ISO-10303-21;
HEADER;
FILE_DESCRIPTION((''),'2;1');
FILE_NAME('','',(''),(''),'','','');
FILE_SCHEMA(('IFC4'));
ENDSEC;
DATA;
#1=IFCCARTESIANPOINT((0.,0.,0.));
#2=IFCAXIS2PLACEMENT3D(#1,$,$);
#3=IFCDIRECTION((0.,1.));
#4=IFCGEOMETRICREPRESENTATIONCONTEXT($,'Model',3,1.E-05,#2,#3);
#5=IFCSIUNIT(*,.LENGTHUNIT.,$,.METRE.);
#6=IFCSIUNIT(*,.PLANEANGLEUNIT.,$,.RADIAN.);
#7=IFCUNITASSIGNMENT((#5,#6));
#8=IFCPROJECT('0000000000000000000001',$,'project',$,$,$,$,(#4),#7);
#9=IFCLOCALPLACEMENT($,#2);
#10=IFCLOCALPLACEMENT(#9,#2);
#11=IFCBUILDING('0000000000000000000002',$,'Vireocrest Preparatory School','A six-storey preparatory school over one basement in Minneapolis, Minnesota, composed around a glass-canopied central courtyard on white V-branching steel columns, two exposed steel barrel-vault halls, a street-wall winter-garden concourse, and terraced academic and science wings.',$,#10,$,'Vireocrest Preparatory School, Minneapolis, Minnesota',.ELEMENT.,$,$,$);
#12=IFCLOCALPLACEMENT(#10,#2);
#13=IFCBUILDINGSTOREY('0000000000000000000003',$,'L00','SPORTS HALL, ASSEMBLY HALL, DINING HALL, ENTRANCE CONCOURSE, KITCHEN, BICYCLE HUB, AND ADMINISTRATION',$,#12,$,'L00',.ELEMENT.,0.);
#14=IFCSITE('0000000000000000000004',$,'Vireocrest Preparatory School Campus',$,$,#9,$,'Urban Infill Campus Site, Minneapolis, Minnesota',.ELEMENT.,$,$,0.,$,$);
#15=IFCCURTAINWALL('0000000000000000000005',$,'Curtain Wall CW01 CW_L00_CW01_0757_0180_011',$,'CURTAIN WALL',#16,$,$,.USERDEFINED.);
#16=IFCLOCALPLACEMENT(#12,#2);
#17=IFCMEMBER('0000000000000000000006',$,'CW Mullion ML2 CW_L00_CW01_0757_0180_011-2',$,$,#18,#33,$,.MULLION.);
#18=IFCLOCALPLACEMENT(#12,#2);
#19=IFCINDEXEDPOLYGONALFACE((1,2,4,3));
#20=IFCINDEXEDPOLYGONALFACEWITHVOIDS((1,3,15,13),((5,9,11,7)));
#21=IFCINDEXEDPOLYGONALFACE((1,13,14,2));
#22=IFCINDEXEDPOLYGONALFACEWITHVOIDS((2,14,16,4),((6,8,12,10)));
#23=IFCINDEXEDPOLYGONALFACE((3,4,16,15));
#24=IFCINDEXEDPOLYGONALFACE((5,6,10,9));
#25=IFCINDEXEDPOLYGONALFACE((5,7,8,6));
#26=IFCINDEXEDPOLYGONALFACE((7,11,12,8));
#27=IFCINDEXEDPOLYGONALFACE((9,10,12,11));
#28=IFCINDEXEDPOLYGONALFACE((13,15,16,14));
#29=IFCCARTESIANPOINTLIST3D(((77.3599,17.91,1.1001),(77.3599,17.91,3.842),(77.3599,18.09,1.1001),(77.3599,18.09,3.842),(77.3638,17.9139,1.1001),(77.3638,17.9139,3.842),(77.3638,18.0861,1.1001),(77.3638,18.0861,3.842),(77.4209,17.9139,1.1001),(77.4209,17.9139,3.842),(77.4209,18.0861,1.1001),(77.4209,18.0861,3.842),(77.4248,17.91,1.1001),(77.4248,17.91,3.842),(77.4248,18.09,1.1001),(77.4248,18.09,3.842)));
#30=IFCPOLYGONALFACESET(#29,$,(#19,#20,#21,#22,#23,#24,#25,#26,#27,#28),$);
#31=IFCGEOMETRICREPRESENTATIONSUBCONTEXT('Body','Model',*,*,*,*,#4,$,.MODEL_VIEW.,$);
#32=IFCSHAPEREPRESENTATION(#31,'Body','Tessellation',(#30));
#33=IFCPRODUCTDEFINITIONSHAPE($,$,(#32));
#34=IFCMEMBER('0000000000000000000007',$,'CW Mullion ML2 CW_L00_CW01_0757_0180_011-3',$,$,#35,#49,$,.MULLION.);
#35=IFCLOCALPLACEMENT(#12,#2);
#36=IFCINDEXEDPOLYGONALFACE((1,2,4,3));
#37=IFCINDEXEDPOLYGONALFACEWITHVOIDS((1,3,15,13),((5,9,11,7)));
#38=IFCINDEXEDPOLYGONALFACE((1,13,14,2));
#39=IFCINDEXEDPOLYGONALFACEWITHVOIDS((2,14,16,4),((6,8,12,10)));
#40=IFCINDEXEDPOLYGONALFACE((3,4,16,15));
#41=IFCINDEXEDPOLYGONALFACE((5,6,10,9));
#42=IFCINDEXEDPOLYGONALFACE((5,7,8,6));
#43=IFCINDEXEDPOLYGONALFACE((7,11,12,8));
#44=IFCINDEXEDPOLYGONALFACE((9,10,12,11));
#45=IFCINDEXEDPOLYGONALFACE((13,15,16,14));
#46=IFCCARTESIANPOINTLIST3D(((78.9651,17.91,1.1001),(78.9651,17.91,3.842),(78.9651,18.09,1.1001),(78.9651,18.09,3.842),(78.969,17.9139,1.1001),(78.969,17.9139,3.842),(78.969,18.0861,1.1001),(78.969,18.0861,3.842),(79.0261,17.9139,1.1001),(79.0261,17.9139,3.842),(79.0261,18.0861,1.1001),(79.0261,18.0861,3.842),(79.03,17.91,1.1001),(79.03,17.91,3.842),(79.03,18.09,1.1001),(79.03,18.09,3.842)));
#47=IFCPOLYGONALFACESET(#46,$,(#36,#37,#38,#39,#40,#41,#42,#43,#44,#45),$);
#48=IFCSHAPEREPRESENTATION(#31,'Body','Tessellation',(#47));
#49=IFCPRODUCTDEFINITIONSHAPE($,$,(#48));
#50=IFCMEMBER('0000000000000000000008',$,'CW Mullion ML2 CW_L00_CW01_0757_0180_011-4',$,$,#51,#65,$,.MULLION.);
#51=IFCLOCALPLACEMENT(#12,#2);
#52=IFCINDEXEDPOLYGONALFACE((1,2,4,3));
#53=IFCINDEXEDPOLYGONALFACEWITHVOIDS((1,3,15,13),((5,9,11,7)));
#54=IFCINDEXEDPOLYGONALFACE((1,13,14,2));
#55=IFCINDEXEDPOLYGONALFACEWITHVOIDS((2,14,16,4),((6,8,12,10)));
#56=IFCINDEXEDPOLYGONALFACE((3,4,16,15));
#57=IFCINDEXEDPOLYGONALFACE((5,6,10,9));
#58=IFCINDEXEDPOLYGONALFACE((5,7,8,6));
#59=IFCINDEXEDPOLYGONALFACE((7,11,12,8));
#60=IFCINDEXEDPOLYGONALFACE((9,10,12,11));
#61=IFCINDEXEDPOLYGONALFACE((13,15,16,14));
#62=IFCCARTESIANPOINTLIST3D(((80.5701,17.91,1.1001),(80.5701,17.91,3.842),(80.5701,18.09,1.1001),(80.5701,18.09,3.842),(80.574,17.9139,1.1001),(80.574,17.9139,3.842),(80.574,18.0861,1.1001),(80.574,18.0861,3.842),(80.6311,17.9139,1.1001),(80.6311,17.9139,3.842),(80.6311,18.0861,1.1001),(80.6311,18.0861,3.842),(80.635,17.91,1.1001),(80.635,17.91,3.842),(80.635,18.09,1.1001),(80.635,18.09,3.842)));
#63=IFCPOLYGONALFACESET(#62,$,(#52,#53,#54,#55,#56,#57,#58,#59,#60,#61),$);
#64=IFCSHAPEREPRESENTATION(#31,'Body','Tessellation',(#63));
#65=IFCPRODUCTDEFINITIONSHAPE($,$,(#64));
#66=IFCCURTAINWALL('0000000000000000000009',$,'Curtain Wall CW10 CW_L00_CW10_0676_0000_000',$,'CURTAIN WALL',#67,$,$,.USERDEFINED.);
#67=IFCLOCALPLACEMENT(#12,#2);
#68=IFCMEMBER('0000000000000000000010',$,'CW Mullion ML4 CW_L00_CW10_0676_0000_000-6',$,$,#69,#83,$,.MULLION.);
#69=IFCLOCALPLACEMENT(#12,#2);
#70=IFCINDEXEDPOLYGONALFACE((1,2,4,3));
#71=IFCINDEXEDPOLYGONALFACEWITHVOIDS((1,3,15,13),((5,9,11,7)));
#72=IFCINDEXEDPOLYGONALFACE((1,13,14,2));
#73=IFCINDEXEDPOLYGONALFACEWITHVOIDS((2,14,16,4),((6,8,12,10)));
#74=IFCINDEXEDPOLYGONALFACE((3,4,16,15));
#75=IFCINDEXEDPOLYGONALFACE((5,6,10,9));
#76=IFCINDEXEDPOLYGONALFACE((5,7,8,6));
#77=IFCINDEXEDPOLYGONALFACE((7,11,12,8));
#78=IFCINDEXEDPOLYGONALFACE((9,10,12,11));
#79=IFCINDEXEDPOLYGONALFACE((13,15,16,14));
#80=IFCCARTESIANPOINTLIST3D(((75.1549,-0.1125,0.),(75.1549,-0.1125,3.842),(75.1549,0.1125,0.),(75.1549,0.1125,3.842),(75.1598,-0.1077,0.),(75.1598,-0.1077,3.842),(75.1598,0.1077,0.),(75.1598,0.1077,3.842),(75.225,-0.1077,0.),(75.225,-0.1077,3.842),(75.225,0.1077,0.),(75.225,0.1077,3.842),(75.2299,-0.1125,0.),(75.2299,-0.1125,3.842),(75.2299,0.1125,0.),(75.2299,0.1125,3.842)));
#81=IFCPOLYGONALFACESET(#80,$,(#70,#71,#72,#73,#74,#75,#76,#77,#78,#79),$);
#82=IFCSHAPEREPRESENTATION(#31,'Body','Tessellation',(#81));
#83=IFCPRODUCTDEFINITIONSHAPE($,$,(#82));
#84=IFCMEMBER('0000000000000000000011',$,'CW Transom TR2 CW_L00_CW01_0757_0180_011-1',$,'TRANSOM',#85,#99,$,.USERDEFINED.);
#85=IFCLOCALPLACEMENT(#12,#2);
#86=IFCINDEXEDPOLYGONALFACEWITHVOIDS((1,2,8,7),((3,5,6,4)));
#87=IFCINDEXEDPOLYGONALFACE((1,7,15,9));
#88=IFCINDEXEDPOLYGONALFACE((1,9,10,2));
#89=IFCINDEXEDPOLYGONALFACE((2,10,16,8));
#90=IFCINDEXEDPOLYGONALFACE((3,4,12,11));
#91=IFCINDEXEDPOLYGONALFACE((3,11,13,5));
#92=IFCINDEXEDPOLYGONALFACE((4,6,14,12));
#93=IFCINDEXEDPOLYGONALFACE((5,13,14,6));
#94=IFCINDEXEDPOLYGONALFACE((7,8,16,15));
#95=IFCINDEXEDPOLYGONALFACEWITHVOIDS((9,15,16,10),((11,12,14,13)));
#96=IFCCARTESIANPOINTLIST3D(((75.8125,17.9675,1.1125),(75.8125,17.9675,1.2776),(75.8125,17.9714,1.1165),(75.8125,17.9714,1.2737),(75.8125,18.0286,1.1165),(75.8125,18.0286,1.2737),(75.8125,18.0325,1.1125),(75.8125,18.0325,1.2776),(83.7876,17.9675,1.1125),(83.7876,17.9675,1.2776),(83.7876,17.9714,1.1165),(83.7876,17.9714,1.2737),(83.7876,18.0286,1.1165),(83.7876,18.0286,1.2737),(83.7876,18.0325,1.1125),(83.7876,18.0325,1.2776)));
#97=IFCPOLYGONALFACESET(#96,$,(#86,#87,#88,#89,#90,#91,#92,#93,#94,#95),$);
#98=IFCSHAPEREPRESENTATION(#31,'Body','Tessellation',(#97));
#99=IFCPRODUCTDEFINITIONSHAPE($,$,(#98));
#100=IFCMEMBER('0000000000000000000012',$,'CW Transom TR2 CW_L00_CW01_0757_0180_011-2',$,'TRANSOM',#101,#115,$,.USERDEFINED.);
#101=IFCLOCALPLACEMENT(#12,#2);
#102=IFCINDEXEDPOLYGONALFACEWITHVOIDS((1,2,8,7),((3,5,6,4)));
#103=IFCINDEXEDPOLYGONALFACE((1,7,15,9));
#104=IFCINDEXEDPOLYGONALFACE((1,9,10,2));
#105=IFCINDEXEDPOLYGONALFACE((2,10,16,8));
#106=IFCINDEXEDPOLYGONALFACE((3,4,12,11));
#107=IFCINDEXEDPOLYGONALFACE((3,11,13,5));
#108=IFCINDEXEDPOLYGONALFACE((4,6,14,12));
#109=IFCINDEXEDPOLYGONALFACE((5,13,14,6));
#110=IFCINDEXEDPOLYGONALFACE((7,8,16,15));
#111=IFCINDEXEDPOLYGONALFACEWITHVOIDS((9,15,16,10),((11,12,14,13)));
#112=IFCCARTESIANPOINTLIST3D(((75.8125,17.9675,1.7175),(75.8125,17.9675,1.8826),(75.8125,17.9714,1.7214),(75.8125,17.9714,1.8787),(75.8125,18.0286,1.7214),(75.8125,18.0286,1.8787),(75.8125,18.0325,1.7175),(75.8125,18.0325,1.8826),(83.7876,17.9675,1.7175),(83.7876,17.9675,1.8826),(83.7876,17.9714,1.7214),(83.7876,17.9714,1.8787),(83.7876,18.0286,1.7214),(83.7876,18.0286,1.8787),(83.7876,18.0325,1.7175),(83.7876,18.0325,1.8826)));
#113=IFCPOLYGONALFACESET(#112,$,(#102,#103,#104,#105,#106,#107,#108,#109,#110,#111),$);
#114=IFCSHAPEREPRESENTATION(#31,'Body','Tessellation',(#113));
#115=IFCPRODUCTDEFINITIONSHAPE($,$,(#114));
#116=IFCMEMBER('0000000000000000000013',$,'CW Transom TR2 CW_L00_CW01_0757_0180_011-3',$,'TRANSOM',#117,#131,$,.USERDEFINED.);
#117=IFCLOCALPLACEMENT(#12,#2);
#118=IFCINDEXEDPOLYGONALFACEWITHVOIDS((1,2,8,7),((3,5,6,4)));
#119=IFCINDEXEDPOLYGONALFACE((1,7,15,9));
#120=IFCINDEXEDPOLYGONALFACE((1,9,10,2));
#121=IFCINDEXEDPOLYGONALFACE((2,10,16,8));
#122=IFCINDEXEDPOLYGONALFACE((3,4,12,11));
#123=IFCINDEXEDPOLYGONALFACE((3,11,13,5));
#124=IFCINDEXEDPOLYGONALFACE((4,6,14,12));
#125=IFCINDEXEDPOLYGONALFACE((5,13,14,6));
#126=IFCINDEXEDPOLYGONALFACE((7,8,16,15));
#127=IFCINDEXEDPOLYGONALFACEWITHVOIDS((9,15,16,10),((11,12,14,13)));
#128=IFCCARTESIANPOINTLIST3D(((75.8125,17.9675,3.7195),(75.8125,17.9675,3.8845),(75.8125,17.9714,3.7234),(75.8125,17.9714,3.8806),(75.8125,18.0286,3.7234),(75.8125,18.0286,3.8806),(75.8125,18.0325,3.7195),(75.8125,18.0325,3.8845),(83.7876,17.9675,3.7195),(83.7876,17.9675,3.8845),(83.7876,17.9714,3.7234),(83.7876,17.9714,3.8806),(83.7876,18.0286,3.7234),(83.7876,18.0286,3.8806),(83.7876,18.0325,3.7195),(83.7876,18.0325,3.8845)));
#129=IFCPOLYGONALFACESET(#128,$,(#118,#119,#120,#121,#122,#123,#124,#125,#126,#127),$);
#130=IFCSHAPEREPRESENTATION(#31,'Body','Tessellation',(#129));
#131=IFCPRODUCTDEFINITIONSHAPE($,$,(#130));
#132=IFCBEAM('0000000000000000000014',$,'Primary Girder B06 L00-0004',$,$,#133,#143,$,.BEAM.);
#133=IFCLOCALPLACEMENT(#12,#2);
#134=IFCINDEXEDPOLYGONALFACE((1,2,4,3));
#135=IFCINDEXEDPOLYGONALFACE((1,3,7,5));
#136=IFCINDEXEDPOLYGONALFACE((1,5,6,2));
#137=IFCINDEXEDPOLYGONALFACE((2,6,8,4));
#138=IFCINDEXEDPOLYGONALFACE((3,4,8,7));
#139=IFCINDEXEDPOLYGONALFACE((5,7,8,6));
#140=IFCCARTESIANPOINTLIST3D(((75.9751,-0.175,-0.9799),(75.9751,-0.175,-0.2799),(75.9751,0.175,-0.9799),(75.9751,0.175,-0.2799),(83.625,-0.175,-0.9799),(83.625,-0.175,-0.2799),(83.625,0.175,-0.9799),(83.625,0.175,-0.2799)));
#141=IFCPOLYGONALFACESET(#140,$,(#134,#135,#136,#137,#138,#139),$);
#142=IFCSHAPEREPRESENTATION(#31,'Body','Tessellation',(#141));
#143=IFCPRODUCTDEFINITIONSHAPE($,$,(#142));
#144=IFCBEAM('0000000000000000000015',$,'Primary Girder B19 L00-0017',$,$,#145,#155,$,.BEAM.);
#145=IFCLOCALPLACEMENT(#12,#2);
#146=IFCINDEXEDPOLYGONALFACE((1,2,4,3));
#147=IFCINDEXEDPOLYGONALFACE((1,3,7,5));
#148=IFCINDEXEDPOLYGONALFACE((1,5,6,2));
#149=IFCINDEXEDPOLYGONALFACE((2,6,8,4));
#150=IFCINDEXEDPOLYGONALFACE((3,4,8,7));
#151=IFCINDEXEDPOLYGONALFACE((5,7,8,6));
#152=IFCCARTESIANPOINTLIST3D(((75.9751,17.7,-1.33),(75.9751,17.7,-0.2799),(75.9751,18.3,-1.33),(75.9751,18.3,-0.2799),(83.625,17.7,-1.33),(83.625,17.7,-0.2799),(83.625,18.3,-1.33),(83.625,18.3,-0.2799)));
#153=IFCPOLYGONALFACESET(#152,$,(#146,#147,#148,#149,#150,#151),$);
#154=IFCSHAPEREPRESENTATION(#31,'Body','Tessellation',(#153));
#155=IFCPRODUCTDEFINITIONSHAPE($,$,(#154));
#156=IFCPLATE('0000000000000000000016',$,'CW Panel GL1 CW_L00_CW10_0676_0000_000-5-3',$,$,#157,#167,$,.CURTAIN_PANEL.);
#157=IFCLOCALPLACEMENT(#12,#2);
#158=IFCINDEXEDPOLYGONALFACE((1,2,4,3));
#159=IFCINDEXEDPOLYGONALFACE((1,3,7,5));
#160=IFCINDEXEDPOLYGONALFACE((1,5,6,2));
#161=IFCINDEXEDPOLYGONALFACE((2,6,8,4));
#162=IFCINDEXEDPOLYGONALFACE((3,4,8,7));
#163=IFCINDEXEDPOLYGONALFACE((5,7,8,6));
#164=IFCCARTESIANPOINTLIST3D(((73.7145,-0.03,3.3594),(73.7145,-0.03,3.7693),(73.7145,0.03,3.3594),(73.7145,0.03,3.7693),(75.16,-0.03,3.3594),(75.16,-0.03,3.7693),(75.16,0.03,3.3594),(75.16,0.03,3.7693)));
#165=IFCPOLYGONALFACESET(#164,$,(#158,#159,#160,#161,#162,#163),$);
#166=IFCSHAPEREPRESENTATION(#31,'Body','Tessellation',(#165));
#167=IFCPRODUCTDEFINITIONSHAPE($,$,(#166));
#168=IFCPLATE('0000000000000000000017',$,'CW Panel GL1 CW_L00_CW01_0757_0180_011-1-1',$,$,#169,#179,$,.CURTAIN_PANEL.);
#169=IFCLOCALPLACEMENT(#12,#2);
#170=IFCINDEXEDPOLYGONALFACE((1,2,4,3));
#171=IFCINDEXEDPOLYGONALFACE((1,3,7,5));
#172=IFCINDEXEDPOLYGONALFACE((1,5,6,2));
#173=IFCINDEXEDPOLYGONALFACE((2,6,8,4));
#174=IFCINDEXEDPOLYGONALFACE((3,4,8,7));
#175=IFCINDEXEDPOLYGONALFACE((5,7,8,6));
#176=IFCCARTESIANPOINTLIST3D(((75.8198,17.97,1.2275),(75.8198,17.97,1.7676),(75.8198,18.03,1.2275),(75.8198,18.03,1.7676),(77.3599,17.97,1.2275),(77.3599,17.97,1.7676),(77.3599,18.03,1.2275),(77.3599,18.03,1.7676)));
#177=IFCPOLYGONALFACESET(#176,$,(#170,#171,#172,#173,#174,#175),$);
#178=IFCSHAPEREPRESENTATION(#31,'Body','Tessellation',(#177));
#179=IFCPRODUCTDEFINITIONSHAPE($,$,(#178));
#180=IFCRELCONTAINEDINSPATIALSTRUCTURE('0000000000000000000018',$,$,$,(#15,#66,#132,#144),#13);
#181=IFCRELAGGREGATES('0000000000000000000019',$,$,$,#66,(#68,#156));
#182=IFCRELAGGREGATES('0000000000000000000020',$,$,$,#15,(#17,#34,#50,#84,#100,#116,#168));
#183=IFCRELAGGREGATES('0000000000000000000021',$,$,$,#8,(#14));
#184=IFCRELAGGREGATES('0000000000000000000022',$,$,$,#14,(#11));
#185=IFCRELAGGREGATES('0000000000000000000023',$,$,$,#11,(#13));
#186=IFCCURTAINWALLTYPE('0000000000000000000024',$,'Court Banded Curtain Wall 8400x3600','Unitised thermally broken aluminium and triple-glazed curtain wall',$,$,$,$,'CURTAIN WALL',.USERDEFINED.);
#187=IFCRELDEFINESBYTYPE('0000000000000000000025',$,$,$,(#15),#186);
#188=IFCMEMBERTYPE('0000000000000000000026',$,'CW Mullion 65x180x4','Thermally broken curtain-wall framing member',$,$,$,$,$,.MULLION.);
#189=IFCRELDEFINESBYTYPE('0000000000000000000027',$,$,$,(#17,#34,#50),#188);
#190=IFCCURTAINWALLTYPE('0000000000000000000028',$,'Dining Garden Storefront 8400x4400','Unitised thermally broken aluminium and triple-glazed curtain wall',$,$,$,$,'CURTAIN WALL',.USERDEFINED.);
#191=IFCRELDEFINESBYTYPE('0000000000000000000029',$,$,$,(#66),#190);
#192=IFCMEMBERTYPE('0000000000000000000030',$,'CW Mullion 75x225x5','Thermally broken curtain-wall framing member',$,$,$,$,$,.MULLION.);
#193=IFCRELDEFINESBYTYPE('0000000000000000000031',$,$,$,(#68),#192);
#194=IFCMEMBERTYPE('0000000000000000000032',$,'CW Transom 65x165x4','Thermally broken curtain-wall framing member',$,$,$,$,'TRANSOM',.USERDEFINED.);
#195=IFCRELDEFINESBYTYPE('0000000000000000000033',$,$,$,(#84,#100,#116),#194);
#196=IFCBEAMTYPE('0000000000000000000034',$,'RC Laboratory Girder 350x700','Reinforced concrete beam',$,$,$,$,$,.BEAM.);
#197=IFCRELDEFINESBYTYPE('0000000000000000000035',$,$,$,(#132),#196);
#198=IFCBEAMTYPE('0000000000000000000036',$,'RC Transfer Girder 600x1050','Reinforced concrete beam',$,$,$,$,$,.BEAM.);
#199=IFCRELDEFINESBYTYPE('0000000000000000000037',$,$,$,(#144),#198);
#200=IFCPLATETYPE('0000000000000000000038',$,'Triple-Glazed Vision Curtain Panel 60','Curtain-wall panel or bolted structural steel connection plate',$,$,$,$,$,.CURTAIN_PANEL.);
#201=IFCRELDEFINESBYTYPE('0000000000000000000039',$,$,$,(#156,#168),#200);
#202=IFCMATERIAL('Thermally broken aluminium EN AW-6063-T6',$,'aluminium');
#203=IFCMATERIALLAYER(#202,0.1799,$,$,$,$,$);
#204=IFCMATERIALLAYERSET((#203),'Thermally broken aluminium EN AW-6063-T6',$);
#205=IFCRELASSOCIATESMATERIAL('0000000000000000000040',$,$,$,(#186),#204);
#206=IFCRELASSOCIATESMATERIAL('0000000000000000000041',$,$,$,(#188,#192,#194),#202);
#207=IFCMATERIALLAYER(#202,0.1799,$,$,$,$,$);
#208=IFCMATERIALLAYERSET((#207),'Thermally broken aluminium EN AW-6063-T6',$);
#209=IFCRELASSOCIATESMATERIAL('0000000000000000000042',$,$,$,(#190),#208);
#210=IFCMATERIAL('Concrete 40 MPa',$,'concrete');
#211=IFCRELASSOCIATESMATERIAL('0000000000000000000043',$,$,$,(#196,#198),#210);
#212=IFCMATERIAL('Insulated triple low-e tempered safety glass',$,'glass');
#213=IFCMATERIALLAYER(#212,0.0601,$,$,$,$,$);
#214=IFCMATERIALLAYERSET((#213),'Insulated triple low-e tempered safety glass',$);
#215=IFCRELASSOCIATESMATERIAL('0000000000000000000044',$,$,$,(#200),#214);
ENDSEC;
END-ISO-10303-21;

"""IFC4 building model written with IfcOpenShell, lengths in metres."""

from ifc_helpers import new_model, si_unit, direction, frame, origin, origin_2d, place, context, subcontext, project, spatial, rectangle, hollow_rectangle, extrude, material, layer, layer_set, material_profile, profile_set, type_object, element, aggregate, save


model = new_model("IFC4")

# Units and contexts
model_context = context("Model", 3, precision=1e-05, world=origin(), true_north=direction((0.0, 1.0)))
body_context = subcontext(model_context, "Body", "Model", "MODEL_VIEW")
ifc_project = project(units=[si_unit("LENGTHUNIT", "METRE"), si_unit("PLANEANGLEUNIT", "RADIAN")], contexts=[model_context])

# Site, building, storey
site_placement = place(None, origin())
site = spatial("IfcSite", under=ifc_project, at=site_placement, Name="Vireocrest Preparatory School Campus", LongName="Urban Infill Campus Site, Minneapolis, Minnesota", CompositionType="ELEMENT", RefElevation=0.0)
building_placement = place(site_placement, origin())
building = spatial("IfcBuilding", under=site, at=building_placement, Name="Vireocrest Preparatory School", Description="A six-storey preparatory school over one basement in Minneapolis, Minnesota, composed around a glass-canopied central courtyard on white V-branching steel columns, two exposed steel barrel-vault halls, a street-wall winter-garden concourse, and terraced academic and science wings.", LongName="Vireocrest Preparatory School, Minneapolis, Minnesota", CompositionType="ELEMENT")
storey_placement = place(building_placement, origin())
storey = spatial("IfcBuildingStorey", under=building, at=storey_placement, Name="L00", Description="SPORTS HALL, ASSEMBLY HALL, DINING HALL, ENTRANCE CONCOURSE, KITCHEN, BICYCLE HUB, AND ADMINISTRATION", LongName="L00", CompositionType="ELEMENT", Elevation=0.0)

# Curtain wall, members
ifc_material_1 = material(Name="Thermally broken aluminium EN AW-6063-T6", Category="aluminium")
ifc_layer_1 = layer(ifc_material_1, 0.1799)
ifc_layer_set_1 = layer_set([ifc_layer_1], Name="Thermally broken aluminium EN AW-6063-T6")
curtain_wall_type_1 = type_object("IfcCurtainWallType", Name="Court Banded Curtain Wall 8400x3600", Description="Unitised thermally broken aluminium and triple-glazed curtain wall", ElementType="CURTAIN WALL", PredefinedType="USERDEFINED", material=ifc_layer_set_1)
curtain_wall_1_placement = place(storey_placement, origin())
curtain_wall_1 = element("IfcCurtainWall", 1, at=curtain_wall_1_placement, inside=storey, type_object=curtain_wall_type_1, Name="Curtain Wall CW01 CW_L00_CW01_0757_0180_011", ObjectType="CURTAIN WALL", PredefinedType="USERDEFINED")
ifc_material_profile_1 = material_profile(ifc_material_1, hollow_rectangle(XDim=0.0649, YDim=0.1799, WallThickness=0.0039, at=origin_2d()), Name="ALU 65x180x4")
ifc_profile_set_1 = profile_set([ifc_material_profile_1], Name="Thermally broken aluminium EN AW-6063-T6")
member_type_1 = type_object("IfcMemberType", Name="CW Mullion 65x180x4", Description="Thermally broken curtain-wall framing member", PredefinedType="MULLION", material=ifc_profile_set_1)
member_1_placement = place(storey_placement, frame((77.3923, 18.0, 1.1001), z_axis=(0.0, 0.0, 1.0), x_axis=(1.0, 0.0, 0.0)))
member_1 = element("IfcMember", 2, at=member_1_placement, type_object=member_type_1, Name="CW Mullion ML2 CW_L00_CW01_0757_0180_011-2", PredefinedType="MULLION", context=body_context, shape_type="SweptSolid", body=[
    extrude(hollow_rectangle(XDim=0.0649, YDim=0.1799, WallThickness=0.0039, at=origin_2d()), origin(), (0.0, 0.0, 1.0), 2.7419),
])
member_2_placement = place(storey_placement, frame((78.9976, 18.0, 1.1001), z_axis=(0.0, 0.0, 1.0), x_axis=(1.0, 0.0, 0.0)))
member_2 = element("IfcMember", 3, at=member_2_placement, type_object=member_type_1, Name="CW Mullion ML2 CW_L00_CW01_0757_0180_011-3", PredefinedType="MULLION", context=body_context, shape_type="SweptSolid", body=[
    extrude(hollow_rectangle(XDim=0.0649, YDim=0.1799, WallThickness=0.0039, at=origin_2d()), origin(), (0.0, 0.0, 1.0), 2.7419),
])
member_3_placement = place(storey_placement, frame((80.6025, 18.0, 1.1001), z_axis=(0.0, 0.0, 1.0), x_axis=(1.0, 0.0, 0.0)))
member_3 = element("IfcMember", 4, at=member_3_placement, type_object=member_type_1, Name="CW Mullion ML2 CW_L00_CW01_0757_0180_011-4", PredefinedType="MULLION", context=body_context, shape_type="SweptSolid", body=[
    extrude(hollow_rectangle(XDim=0.0649, YDim=0.1799, WallThickness=0.0039, at=origin_2d()), origin(), (0.0, 0.0, 1.0), 2.7419),
])

# Curtain wall, member
ifc_layer_2 = layer(ifc_material_1, 0.1799)
ifc_layer_set_2 = layer_set([ifc_layer_2], Name="Thermally broken aluminium EN AW-6063-T6")
curtain_wall_type_2 = type_object("IfcCurtainWallType", Name="Dining Garden Storefront 8400x4400", Description="Unitised thermally broken aluminium and triple-glazed curtain wall", ElementType="CURTAIN WALL", PredefinedType="USERDEFINED", material=ifc_layer_set_2)
curtain_wall_2_placement = place(storey_placement, origin())
curtain_wall_2 = element("IfcCurtainWall", 5, at=curtain_wall_2_placement, inside=storey, type_object=curtain_wall_type_2, Name="Curtain Wall CW10 CW_L00_CW10_0676_0000_000", ObjectType="CURTAIN WALL", PredefinedType="USERDEFINED")
ifc_material_profile_2 = material_profile(ifc_material_1, hollow_rectangle(XDim=0.075, YDim=0.2251, WallThickness=0.0049, at=origin_2d()), Name="ALU 75x225x5")
ifc_profile_set_2 = profile_set([ifc_material_profile_2], Name="Thermally broken aluminium EN AW-6063-T6")
member_type_2 = type_object("IfcMemberType", Name="CW Mullion 75x225x5", Description="Thermally broken curtain-wall framing member", PredefinedType="MULLION", material=ifc_profile_set_2)
member_4_placement = place(storey_placement, frame((75.1924, 0.0, 0.0), z_axis=(0.0, 0.0, 1.0), x_axis=(1.0, 0.0, 0.0)))
member_4 = element("IfcMember", 6, at=member_4_placement, type_object=member_type_2, Name="CW Mullion ML4 CW_L00_CW10_0676_0000_000-6", PredefinedType="MULLION", context=body_context, shape_type="SweptSolid", body=[
    extrude(hollow_rectangle(XDim=0.075, YDim=0.2251, WallThickness=0.0049, at=origin_2d()), origin(), (0.0, 0.0, 1.0), 3.842),
])

# Members
ifc_material_profile_3 = material_profile(ifc_material_1, hollow_rectangle(XDim=0.0649, YDim=0.165, WallThickness=0.0039, at=origin_2d()), Name="ALU 65x165x4")
ifc_profile_set_3 = profile_set([ifc_material_profile_3], Name="Thermally broken aluminium EN AW-6063-T6")
member_type_3 = type_object("IfcMemberType", Name="CW Transom 65x165x4", Description="Thermally broken curtain-wall framing member", ElementType="TRANSOM", PredefinedType="USERDEFINED", material=ifc_profile_set_3)
member_5_placement = place(storey_placement, frame((75.8125, 18.0, 1.1951), z_axis=(1.0, 0.0, 0.0), x_axis=(0.0, 1.0, 0.0)))
member_5 = element("IfcMember", 7, at=member_5_placement, type_object=member_type_3, Name="CW Transom TR2 CW_L00_CW01_0757_0180_011-1", ObjectType="TRANSOM", PredefinedType="USERDEFINED", context=body_context, shape_type="SweptSolid", body=[
    extrude(hollow_rectangle(XDim=0.0649, YDim=0.165, WallThickness=0.0039, at=origin_2d()), origin(), (0.0, 0.0, 1.0), 7.9751),
])
member_6_placement = place(storey_placement, frame((75.8125, 18.0, 1.8), z_axis=(1.0, 0.0, 0.0), x_axis=(0.0, 1.0, 0.0)))
member_6 = element("IfcMember", 8, at=member_6_placement, type_object=member_type_3, Name="CW Transom TR2 CW_L00_CW01_0757_0180_011-2", ObjectType="TRANSOM", PredefinedType="USERDEFINED", context=body_context, shape_type="SweptSolid", body=[
    extrude(hollow_rectangle(XDim=0.0649, YDim=0.165, WallThickness=0.0039, at=origin_2d()), origin(), (0.0, 0.0, 1.0), 7.9751),
])
member_7_placement = place(storey_placement, frame((75.8125, 18.0, 3.802), z_axis=(1.0, 0.0, 0.0), x_axis=(0.0, 1.0, 0.0)))
member_7 = element("IfcMember", 9, at=member_7_placement, type_object=member_type_3, Name="CW Transom TR2 CW_L00_CW01_0757_0180_011-3", ObjectType="TRANSOM", PredefinedType="USERDEFINED", context=body_context, shape_type="SweptSolid", body=[
    extrude(hollow_rectangle(XDim=0.0649, YDim=0.165, WallThickness=0.0039, at=origin_2d()), origin(), (0.0, 0.0, 1.0), 7.9751),
])

# Beams
ifc_material_2 = material(Name="Concrete 40 MPa", Category="concrete")
ifc_material_profile_4 = material_profile(ifc_material_2, rectangle(XDim=0.3501, YDim=0.7, at=origin_2d()), Name="RC 350x700")
ifc_profile_set_4 = profile_set([ifc_material_profile_4], Name="Concrete 40 MPa")
beam_type_1 = type_object("IfcBeamType", Name="RC Laboratory Girder 350x700", Description="Reinforced concrete beam", PredefinedType="BEAM", material=ifc_profile_set_4)
beam_1_placement = place(storey_placement, frame((75.9751, 0.0, -0.6299), z_axis=(1.0, 0.0, 0.0), x_axis=(0.0, 1.0, 0.0)))
element("IfcBeam", 10, at=beam_1_placement, inside=storey, type_object=beam_type_1, Name="Primary Girder B06 L00-0004", PredefinedType="BEAM", context=body_context, shape_type="SweptSolid", body=[
    extrude(rectangle(XDim=0.3501, YDim=0.7, at=origin_2d()), origin(), (0.0, 0.0, 1.0), 7.6499),
])
ifc_material_profile_5 = material_profile(ifc_material_2, rectangle(XDim=0.6001, YDim=1.05, at=origin_2d()), Name="RC 600x1050")
ifc_profile_set_5 = profile_set([ifc_material_profile_5], Name="Concrete 40 MPa")
beam_type_2 = type_object("IfcBeamType", Name="RC Transfer Girder 600x1050", Description="Reinforced concrete beam", PredefinedType="BEAM", material=ifc_profile_set_5)
beam_2_placement = place(storey_placement, frame((75.9751, 18.0, -0.8049), z_axis=(1.0, 0.0, 0.0), x_axis=(0.0, 1.0, 0.0)))
element("IfcBeam", 11, at=beam_2_placement, inside=storey, type_object=beam_type_2, Name="Primary Girder B19 L00-0017", PredefinedType="BEAM", context=body_context, shape_type="SweptSolid", body=[
    extrude(rectangle(XDim=0.6001, YDim=1.05, at=origin_2d()), origin(), (0.0, 0.0, 1.0), 7.6499),
])

# Plates
ifc_material_3 = material(Name="Insulated triple low-e tempered safety glass", Category="glass")
ifc_layer_3 = layer(ifc_material_3, 0.0601)
ifc_layer_set_3 = layer_set([ifc_layer_3], Name="Insulated triple low-e tempered safety glass")
plate_type = type_object("IfcPlateType", Name="Triple-Glazed Vision Curtain Panel 60", Description="Curtain-wall panel or bolted structural steel connection plate", PredefinedType="CURTAIN_PANEL", material=ifc_layer_set_3)
plate_1_placement = place(storey_placement, frame((74.4373, 0.0, 3.3594), z_axis=(0.0, 0.0, 1.0), x_axis=(1.0, 0.0, 0.0)))
plate_1 = element("IfcPlate", 12, at=plate_1_placement, type_object=plate_type, Name="CW Panel GL1 CW_L00_CW10_0676_0000_000-5-3", PredefinedType="CURTAIN_PANEL", context=body_context, shape_type="SweptSolid", body=[
    extrude(rectangle(XDim=1.4456, YDim=0.0601, at=origin_2d()), origin(), (0.0, 0.0, 1.0), 0.4099),
])
aggregate(curtain_wall_2, [member_4, plate_1])
plate_2_placement = place(storey_placement, frame((76.5898, 18.0, 1.2275), z_axis=(0.0, 0.0, 1.0), x_axis=(1.0, 0.0, 0.0)))
plate_2 = element("IfcPlate", 13, at=plate_2_placement, type_object=plate_type, Name="CW Panel GL1 CW_L00_CW01_0757_0180_011-1-1", PredefinedType="CURTAIN_PANEL", context=body_context, shape_type="SweptSolid", body=[
    extrude(rectangle(XDim=1.54, YDim=0.0601, at=origin_2d()), origin(), (0.0, 0.0, 1.0), 0.54),
])
aggregate(curtain_wall_1, [member_1, member_2, member_3, member_5, member_6, member_7, plate_2])

save(model, "model.ifc")
